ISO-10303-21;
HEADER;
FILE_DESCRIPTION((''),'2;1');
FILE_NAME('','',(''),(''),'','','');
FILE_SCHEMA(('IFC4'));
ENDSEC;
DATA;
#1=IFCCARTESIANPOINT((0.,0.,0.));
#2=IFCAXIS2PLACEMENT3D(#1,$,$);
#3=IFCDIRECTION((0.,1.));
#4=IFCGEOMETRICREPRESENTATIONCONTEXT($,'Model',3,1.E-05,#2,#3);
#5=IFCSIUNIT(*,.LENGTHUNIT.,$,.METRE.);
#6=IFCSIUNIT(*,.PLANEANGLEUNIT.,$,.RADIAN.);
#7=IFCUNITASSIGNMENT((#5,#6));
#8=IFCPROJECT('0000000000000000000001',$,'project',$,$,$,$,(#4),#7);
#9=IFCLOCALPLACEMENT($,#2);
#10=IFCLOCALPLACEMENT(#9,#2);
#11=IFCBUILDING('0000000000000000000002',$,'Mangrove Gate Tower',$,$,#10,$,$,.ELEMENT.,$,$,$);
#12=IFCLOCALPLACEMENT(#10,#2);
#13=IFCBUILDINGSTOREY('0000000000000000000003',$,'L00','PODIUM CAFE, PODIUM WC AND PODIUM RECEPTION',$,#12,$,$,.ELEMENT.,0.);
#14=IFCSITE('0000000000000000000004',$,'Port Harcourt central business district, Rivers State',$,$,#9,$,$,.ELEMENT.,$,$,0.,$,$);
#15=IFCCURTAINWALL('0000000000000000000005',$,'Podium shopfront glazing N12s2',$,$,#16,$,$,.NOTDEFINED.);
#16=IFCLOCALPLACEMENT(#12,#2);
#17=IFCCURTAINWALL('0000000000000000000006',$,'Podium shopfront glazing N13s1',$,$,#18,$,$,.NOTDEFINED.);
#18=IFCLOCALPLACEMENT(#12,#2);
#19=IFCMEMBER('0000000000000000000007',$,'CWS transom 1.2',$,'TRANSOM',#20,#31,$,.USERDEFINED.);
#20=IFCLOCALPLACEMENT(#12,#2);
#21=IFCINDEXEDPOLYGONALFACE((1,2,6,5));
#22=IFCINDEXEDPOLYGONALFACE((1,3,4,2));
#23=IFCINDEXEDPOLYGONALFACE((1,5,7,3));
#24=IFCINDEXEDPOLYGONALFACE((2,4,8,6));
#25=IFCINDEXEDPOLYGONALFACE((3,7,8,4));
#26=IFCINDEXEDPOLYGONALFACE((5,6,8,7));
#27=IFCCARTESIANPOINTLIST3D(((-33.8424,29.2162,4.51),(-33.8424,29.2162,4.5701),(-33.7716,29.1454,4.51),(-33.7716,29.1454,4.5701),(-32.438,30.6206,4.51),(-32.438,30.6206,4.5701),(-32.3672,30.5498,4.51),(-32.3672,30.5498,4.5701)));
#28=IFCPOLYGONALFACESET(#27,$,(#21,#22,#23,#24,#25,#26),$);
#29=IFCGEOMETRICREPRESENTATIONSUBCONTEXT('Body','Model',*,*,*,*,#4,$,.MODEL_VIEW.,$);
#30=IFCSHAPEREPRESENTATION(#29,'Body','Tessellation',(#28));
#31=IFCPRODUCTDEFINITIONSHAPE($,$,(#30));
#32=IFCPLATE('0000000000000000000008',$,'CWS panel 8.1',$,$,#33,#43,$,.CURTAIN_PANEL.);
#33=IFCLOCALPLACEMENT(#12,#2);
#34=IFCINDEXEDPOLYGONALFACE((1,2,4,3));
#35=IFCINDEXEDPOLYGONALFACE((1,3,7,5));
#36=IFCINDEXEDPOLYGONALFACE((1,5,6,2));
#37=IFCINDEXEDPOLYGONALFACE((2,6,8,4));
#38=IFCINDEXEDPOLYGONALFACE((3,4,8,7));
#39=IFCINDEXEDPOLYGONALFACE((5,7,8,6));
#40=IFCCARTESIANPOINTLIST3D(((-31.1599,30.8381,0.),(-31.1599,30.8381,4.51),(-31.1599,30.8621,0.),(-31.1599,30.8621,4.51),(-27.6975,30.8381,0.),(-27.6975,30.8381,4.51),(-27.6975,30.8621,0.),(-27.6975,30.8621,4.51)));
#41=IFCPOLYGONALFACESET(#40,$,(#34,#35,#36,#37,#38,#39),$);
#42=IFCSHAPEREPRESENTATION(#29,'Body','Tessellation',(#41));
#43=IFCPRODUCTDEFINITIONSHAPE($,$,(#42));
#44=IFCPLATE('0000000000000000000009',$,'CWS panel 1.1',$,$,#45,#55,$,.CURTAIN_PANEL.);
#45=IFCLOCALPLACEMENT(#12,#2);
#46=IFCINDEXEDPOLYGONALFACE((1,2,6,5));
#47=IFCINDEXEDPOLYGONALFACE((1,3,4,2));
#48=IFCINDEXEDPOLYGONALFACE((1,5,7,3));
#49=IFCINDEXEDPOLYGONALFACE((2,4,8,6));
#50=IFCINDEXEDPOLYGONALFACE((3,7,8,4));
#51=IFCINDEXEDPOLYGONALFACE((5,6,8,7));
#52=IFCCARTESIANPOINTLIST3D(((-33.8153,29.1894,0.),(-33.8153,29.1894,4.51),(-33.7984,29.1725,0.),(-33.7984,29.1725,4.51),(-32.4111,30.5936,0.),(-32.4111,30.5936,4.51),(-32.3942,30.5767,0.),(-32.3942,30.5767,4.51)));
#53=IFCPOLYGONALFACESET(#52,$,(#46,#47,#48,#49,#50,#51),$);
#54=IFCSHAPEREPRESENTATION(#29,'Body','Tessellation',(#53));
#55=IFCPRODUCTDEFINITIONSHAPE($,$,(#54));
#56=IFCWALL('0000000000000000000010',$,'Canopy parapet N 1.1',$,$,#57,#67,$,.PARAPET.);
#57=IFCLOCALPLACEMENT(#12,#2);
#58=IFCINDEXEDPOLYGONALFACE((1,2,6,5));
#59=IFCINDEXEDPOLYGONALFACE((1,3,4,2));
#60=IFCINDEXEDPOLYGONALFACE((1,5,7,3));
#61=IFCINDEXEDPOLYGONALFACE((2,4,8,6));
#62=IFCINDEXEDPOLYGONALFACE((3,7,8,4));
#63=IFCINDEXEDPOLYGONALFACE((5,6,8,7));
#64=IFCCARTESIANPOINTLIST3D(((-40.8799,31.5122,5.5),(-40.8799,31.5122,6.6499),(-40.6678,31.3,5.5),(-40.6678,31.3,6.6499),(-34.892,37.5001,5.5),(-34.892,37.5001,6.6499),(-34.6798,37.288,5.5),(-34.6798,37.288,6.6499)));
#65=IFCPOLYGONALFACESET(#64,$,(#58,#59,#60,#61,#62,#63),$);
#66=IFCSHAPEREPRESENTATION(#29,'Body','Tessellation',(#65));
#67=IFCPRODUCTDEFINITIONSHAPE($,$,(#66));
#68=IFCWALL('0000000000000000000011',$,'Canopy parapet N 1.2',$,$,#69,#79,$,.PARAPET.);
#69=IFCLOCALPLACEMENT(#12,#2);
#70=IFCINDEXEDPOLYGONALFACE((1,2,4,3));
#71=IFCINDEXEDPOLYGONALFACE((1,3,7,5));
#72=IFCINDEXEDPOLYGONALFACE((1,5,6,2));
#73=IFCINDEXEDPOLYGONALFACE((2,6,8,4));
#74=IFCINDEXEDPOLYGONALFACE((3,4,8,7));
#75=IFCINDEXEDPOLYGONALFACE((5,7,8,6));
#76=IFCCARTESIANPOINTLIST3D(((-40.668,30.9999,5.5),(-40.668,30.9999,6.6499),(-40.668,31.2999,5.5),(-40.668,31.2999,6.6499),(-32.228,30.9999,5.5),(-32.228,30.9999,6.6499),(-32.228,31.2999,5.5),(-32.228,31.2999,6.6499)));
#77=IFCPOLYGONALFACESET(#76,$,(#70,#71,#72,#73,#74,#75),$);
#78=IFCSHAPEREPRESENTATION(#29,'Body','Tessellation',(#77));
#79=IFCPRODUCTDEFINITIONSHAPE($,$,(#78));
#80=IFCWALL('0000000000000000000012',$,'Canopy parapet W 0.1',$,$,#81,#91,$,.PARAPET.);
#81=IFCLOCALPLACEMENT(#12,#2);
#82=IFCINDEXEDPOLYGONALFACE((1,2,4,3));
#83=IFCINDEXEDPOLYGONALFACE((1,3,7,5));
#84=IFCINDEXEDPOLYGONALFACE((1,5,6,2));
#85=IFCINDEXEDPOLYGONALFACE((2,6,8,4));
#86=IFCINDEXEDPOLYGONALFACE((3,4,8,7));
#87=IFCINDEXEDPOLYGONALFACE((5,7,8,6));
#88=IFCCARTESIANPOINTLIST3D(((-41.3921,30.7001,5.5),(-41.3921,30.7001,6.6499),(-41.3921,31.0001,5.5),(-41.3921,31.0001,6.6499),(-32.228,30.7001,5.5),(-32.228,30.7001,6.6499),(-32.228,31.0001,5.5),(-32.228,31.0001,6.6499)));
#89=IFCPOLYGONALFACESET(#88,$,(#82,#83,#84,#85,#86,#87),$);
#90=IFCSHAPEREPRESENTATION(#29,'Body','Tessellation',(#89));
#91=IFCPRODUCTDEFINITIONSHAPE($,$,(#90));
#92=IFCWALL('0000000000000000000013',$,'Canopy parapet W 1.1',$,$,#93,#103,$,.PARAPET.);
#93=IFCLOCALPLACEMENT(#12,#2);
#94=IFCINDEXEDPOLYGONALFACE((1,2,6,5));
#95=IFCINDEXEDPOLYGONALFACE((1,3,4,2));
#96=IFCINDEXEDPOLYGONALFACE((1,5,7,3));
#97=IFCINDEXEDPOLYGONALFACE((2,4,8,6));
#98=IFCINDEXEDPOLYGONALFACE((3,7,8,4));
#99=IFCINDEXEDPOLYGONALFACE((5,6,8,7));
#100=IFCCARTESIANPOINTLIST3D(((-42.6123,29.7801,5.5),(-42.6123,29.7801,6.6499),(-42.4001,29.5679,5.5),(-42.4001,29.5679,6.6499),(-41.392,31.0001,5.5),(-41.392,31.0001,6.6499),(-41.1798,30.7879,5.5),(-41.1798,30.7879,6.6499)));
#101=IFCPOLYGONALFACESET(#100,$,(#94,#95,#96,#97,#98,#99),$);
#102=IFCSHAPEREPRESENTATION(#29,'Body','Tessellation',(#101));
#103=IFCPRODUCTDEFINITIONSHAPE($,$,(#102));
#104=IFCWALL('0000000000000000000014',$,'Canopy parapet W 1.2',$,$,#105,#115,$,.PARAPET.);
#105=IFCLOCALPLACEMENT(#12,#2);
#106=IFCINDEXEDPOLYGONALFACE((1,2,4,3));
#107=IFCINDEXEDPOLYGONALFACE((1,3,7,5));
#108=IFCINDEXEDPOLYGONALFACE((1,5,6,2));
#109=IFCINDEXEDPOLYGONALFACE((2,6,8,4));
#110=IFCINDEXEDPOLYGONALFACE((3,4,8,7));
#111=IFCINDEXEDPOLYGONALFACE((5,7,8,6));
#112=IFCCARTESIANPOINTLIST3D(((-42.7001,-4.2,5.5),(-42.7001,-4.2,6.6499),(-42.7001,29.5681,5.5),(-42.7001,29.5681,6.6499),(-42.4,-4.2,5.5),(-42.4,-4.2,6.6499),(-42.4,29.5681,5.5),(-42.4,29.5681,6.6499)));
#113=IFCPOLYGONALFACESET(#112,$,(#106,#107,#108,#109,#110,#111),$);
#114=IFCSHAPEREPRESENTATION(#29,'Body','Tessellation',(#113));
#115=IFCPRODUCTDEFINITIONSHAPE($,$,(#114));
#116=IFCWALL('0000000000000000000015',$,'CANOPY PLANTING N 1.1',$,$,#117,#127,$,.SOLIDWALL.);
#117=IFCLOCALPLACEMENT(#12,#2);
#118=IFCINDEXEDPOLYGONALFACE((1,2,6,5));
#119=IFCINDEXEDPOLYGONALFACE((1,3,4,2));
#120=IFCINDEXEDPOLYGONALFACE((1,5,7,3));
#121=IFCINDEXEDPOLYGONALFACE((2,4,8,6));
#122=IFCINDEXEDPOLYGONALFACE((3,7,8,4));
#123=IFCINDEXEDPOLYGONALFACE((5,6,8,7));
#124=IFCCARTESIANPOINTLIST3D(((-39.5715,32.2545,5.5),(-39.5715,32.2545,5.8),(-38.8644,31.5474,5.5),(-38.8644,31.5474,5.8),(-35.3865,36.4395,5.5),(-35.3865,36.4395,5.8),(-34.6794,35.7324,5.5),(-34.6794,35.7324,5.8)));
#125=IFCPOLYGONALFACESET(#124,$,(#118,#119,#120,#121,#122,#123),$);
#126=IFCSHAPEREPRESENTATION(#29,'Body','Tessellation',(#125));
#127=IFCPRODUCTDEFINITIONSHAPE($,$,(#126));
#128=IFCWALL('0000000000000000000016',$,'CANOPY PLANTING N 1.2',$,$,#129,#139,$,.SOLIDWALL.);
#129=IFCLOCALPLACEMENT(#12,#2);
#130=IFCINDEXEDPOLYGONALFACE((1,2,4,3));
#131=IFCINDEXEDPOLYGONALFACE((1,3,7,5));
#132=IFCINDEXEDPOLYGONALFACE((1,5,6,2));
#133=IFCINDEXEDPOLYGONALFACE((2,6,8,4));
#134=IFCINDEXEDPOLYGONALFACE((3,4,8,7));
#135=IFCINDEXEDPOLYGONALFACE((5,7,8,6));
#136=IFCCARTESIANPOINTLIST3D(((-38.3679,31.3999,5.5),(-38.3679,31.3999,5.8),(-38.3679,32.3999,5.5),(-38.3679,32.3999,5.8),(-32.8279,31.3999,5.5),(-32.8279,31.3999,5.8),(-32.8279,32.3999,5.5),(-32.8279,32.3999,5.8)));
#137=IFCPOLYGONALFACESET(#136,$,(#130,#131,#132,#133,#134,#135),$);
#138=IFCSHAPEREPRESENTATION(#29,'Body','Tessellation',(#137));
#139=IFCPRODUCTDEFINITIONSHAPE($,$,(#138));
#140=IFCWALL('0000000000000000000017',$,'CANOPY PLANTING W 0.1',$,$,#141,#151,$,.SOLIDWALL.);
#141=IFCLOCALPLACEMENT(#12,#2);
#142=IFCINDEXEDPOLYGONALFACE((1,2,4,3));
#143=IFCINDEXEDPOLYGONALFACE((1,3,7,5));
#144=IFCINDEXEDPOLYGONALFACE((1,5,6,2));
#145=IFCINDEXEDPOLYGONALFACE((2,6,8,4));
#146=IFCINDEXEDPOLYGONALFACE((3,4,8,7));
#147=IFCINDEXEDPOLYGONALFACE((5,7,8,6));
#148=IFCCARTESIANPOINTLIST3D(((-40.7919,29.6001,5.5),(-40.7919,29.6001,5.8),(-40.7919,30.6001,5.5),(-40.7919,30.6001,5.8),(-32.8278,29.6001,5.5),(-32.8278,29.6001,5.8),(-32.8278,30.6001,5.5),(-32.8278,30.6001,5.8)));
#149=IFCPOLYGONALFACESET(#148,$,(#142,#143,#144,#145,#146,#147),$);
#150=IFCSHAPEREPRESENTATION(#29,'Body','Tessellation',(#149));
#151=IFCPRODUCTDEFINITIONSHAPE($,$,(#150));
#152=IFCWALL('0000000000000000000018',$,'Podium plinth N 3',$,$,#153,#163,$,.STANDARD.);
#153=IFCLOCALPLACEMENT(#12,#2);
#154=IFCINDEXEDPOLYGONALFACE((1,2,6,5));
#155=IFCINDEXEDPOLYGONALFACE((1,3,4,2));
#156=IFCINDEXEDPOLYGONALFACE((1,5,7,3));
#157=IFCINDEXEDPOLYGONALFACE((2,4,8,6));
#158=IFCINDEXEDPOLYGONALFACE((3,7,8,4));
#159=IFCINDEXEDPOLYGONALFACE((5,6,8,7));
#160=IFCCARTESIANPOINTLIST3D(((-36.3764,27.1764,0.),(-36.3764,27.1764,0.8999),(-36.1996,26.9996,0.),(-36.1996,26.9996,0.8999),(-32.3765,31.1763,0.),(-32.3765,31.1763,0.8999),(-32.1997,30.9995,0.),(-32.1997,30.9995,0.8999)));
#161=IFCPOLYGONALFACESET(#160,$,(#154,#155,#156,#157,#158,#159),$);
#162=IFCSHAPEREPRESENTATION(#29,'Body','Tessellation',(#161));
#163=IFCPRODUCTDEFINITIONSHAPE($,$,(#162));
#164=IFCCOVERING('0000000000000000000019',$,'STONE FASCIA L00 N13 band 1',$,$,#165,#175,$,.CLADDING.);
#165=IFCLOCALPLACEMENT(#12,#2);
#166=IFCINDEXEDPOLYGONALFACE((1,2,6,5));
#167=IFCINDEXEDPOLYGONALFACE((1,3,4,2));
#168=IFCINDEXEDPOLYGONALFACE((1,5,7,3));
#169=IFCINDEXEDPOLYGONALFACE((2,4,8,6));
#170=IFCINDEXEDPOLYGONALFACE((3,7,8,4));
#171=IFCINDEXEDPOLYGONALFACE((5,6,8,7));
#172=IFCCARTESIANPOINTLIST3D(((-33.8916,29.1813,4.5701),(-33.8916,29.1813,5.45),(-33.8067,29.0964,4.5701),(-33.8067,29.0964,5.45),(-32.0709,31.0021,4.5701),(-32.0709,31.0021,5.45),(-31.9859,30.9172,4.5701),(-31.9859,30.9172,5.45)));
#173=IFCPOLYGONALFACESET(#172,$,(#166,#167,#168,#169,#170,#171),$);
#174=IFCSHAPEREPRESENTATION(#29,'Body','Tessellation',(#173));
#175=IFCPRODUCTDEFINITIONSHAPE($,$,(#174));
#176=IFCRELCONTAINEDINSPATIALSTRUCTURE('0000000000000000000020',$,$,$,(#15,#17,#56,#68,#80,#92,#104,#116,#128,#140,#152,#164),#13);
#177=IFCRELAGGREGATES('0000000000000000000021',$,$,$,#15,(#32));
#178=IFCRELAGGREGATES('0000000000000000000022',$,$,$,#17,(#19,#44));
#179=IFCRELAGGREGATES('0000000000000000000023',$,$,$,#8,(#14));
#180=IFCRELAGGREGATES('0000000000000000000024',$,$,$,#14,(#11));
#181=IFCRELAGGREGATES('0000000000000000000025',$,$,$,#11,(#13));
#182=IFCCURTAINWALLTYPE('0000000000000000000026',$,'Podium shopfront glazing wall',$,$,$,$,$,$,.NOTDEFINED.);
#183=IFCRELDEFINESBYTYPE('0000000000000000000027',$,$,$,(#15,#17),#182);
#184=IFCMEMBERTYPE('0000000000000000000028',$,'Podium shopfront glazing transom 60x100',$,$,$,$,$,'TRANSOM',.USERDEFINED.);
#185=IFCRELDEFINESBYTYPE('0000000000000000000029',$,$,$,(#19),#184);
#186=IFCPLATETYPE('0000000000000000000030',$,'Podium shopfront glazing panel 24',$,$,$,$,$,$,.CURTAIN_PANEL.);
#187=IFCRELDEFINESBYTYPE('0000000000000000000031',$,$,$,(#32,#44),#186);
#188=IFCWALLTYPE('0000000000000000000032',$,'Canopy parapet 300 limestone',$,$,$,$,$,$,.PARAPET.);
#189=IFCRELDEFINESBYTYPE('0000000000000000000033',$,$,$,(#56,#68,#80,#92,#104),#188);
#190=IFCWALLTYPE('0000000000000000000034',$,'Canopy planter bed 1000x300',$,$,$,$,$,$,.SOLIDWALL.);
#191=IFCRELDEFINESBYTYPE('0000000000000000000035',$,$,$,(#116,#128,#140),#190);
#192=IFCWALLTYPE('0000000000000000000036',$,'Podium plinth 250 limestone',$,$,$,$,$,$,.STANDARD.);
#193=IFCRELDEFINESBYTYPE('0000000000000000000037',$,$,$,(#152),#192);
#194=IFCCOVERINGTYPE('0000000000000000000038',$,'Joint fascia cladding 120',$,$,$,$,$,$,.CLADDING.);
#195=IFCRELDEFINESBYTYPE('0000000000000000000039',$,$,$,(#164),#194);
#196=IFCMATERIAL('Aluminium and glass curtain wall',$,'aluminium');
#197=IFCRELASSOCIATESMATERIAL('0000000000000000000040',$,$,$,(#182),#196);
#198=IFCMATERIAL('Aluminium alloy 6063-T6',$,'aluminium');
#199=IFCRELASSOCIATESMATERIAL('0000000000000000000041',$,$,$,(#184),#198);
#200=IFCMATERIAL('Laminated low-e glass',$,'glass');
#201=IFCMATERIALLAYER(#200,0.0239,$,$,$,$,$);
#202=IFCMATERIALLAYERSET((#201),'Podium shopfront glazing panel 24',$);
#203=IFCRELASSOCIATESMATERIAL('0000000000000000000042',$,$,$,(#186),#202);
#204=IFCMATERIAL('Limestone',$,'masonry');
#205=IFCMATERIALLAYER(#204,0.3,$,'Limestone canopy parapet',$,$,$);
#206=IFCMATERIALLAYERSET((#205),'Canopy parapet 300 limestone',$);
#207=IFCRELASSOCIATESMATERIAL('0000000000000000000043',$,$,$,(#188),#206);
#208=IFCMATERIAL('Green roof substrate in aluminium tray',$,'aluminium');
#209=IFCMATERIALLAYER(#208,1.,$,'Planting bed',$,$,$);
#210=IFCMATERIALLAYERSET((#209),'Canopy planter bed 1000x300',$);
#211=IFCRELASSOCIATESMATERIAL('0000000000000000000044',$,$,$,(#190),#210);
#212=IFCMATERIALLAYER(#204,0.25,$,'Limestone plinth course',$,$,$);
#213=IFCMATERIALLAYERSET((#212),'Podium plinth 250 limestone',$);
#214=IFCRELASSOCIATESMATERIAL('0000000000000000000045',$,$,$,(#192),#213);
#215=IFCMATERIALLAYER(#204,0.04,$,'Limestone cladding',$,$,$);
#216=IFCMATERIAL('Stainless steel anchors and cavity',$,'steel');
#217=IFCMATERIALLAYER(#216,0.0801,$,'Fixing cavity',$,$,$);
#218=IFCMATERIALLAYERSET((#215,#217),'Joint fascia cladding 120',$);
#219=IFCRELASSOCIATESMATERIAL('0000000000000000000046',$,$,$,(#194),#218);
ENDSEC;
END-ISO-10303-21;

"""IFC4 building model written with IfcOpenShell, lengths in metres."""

from ifc_helpers import new_model, si_unit, direction, frame, frame_2d, origin, origin_2d, place, context, subcontext, project, spatial, rectangle, extrude, material, layer, layer_set, material_profile, profile_set, type_object, element, aggregate, save


model = new_model("IFC4")

# Units and contexts
model_context = context("Model", 3, precision=1e-05, world=origin(), true_north=direction((0.0, 1.0)))
body_context = subcontext(model_context, "Body", "Model", "MODEL_VIEW")
ifc_project = project(units=[si_unit("LENGTHUNIT", "METRE"), si_unit("PLANEANGLEUNIT", "RADIAN")], contexts=[model_context])

# Site, building, storey
site_placement = place(None, origin())
site = spatial("IfcSite", under=ifc_project, at=site_placement, Name="Port Harcourt central business district, Rivers State", CompositionType="ELEMENT", RefElevation=0.0)
building_placement = place(site_placement, origin())
building = spatial("IfcBuilding", under=site, at=building_placement, Name="Mangrove Gate Tower", CompositionType="ELEMENT")
storey_placement = place(building_placement, origin())
storey = spatial("IfcBuildingStorey", under=building, at=storey_placement, Name="L00", Description="PODIUM CAFE, PODIUM WC AND PODIUM RECEPTION", CompositionType="ELEMENT", Elevation=0.0)

# Curtain walls
ifc_material_1 = material(Name="Aluminium and glass curtain wall", Category="aluminium")
curtain_wall_type = type_object("IfcCurtainWallType", Name="Podium shopfront glazing wall", PredefinedType="NOTDEFINED", material=ifc_material_1)
curtain_wall_1_placement = place(storey_placement, origin())
curtain_wall_1 = element("IfcCurtainWall", 1, at=curtain_wall_1_placement, inside=storey, type_object=curtain_wall_type, Name="Podium shopfront glazing N12s2", PredefinedType="NOTDEFINED")
curtain_wall_2_placement = place(storey_placement, origin())
curtain_wall_2 = element("IfcCurtainWall", 2, at=curtain_wall_2_placement, inside=storey, type_object=curtain_wall_type, Name="Podium shopfront glazing N13s1", PredefinedType="NOTDEFINED")

# Member
ifc_material_2 = material(Name="Aluminium alloy 6063-T6", Category="aluminium")
ifc_material_profile_1 = material_profile(ifc_material_2, rectangle(XDim=0.0601, YDim=0.1001, at=origin_2d()))
ifc_profile_set_1 = profile_set([ifc_material_profile_1], Name="Aluminium alloy 6063-T6")
member_type_1 = type_object("IfcMemberType", Name="Podium shopfront glazing transom 60x100", ElementType="TRANSOM", PredefinedType="USERDEFINED", material=ifc_profile_set_1)
member_1_placement = place(storey_placement, frame((-32.4026, 30.5852, 4.54), z_axis=(-0.707107, -0.707107, 0.0), x_axis=(0.0, 0.0, 1.0)))
member_1 = element("IfcMember", 3, at=member_1_placement, type_object=member_type_1, Name="CWS transom 1.2", ObjectType="TRANSOM", PredefinedType="USERDEFINED", context=body_context, shape_type="SweptSolid", body=[
    extrude(rectangle(XDim=0.0601, YDim=0.1001, at=origin_2d()), origin(), (0.0, 0.0, 1.0), 1.9861),
])

# Plates
ifc_material_3 = material(Name="Laminated low-e glass", Category="glass")
ifc_layer_1 = layer(ifc_material_3, 0.0239)
ifc_layer_set_1 = layer_set([ifc_layer_1], Name="Podium shopfront glazing panel 24")
plate_type = type_object("IfcPlateType", Name="Podium shopfront glazing panel 24", PredefinedType="CURTAIN_PANEL", material=ifc_layer_set_1)
plate_1_placement = place(storey_placement, frame((-29.4287, 30.8501, 0.0), z_axis=(0.0, 0.0, 1.0), x_axis=(-1.0, 0.0, 0.0)))
plate_1 = element("IfcPlate", 4, at=plate_1_placement, type_object=plate_type, Name="CWS panel 8.1", PredefinedType="CURTAIN_PANEL", context=body_context, shape_type="SweptSolid", body=[
    extrude(rectangle(XDim=3.4624, YDim=0.0239, at=origin_2d()), origin(), (0.0, 0.0, 1.0), 4.51),
])
aggregate(curtain_wall_1, [plate_1])
plate_2_placement = place(storey_placement, frame((-33.1047, 29.8831, 0.0), z_axis=(0.0, 0.0, 1.0), x_axis=(-0.707107, -0.707107, 0.0)))
plate_2 = element("IfcPlate", 5, at=plate_2_placement, type_object=plate_type, Name="CWS panel 1.1", PredefinedType="CURTAIN_PANEL", context=body_context, shape_type="SweptSolid", body=[
    extrude(rectangle(XDim=1.9858, YDim=0.0239, at=origin_2d()), origin(), (0.0, 0.0, 1.0), 4.51),
])
aggregate(curtain_wall_2, [member_1, plate_2])

# Walls
ifc_material_4 = material(Name="Limestone", Category="masonry")
ifc_layer_2 = layer(ifc_material_4, 0.3, Name="Limestone canopy parapet")
ifc_layer_set_2 = layer_set([ifc_layer_2], Name="Canopy parapet 300 limestone")
wall_type_1 = type_object("IfcWallType", Name="Canopy parapet 300 limestone", PredefinedType="PARAPET", material=ifc_layer_set_2)
wall_1_placement = place(storey_placement, frame((-34.7859, 37.394, 5.5), z_axis=(0.0, 0.0, 1.0), x_axis=(-0.707107, -0.707107, 0.0)))
element("IfcWall", 6, at=wall_1_placement, inside=storey, type_object=wall_type_1, Name="Canopy parapet N 1.1", PredefinedType="PARAPET", context=body_context, shape_type="SweptSolid", body=[
    extrude(rectangle(XDim=8.4683, YDim=0.3, at=frame_2d((4.2341, 0.0))), origin(), (0.0, 0.0, 1.0), 1.1499),
])
wall_2_placement = place(storey_placement, frame((-40.668, 31.1499, 5.5), z_axis=(0.0, 0.0, 1.0), x_axis=(1.0, 0.0, 0.0)))
element("IfcWall", 7, at=wall_2_placement, inside=storey, type_object=wall_type_1, Name="Canopy parapet N 1.2", PredefinedType="PARAPET", context=body_context, shape_type="SweptSolid", body=[
    extrude(rectangle(XDim=8.4399, YDim=0.3, at=frame_2d((4.22, 0.0))), origin(), (0.0, 0.0, 1.0), 1.1499),
])
wall_3_placement = place(storey_placement, frame((-32.228, 30.8501, 5.5), z_axis=(0.0, 0.0, 1.0), x_axis=(-1.0, 0.0, 0.0)))
element("IfcWall", 8, at=wall_3_placement, inside=storey, type_object=wall_type_1, Name="Canopy parapet W 0.1", PredefinedType="PARAPET", context=body_context, shape_type="SweptSolid", body=[
    extrude(rectangle(XDim=9.1641, YDim=0.3, at=frame_2d((4.582, 0.0))), origin(), (0.0, 0.0, 1.0), 1.1499),
])
wall_4_placement = place(storey_placement, frame((-41.2859, 30.894, 5.5), z_axis=(0.0, 0.0, 1.0), x_axis=(-0.707178, -0.707036, 0.0)))
element("IfcWall", 9, at=wall_4_placement, inside=storey, type_object=wall_type_1, Name="Canopy parapet W 1.1", PredefinedType="PARAPET", context=body_context, shape_type="SweptSolid", body=[
    extrude(rectangle(XDim=1.7256, YDim=0.3, at=frame_2d((0.8628, 0.0))), origin(), (0.0, 0.0, 1.0), 1.1499),
])
wall_5_placement = place(storey_placement, frame((-42.55, 29.5681, 5.5), z_axis=(0.0, 0.0, 1.0), x_axis=(0.0, -1.0, 0.0)))
element("IfcWall", 10, at=wall_5_placement, inside=storey, type_object=wall_type_1, Name="Canopy parapet W 1.2", PredefinedType="PARAPET", context=body_context, shape_type="SweptSolid", body=[
    extrude(rectangle(XDim=33.7681, YDim=0.3, at=frame_2d((16.884, 0.0))), origin(), (0.0, 0.0, 1.0), 1.1499),
])
ifc_material_5 = material(Name="Green roof substrate in aluminium tray", Category="aluminium")
ifc_layer_3 = layer(ifc_material_5, 1.0, Name="Planting bed")
ifc_layer_set_3 = layer_set([ifc_layer_3], Name="Canopy planter bed 1000x300")
wall_type_2 = type_object("IfcWallType", Name="Canopy planter bed 1000x300", PredefinedType="SOLIDWALL", material=ifc_layer_set_3)
wall_6_placement = place(storey_placement, frame((-35.033, 36.0859, 5.5), z_axis=(0.0, 0.0, 1.0), x_axis=(-0.707107, -0.707107, 0.0)))
element("IfcWall", 11, at=wall_6_placement, inside=storey, type_object=wall_type_2, Name="CANOPY PLANTING N 1.1", PredefinedType="SOLIDWALL", context=body_context, shape_type="SweptSolid", body=[
    extrude(rectangle(XDim=5.9185, YDim=1.0, at=frame_2d((2.9592, 0.0))), origin(), (0.0, 0.0, 1.0), 0.3),
])
wall_7_placement = place(storey_placement, frame((-38.3679, 31.8999, 5.5), z_axis=(0.0, 0.0, 1.0), x_axis=(1.0, 0.0, 0.0)))
element("IfcWall", 12, at=wall_7_placement, inside=storey, type_object=wall_type_2, Name="CANOPY PLANTING N 1.2", PredefinedType="SOLIDWALL", context=body_context, shape_type="SweptSolid", body=[
    extrude(rectangle(XDim=5.54, YDim=1.0, at=frame_2d((2.77, 0.0))), origin(), (0.0, 0.0, 1.0), 0.3),
])
wall_8_placement = place(storey_placement, frame((-32.8279, 30.1001, 5.5), z_axis=(0.0, 0.0, 1.0), x_axis=(-1.0, 0.0, 0.0)))
element("IfcWall", 13, at=wall_8_placement, inside=storey, type_object=wall_type_2, Name="CANOPY PLANTING W 0.1", PredefinedType="SOLIDWALL", context=body_context, shape_type="SweptSolid", body=[
    extrude(rectangle(XDim=7.9641, YDim=1.0, at=frame_2d((3.9819, 0.0))), origin(), (0.0, 0.0, 1.0), 0.3),
])
ifc_layer_4 = layer(ifc_material_4, 0.25, Name="Limestone plinth course")
ifc_layer_set_4 = layer_set([ifc_layer_4], Name="Podium plinth 250 limestone")
wall_type_3 = type_object("IfcWallType", Name="Podium plinth 250 limestone", PredefinedType="STANDARD", material=ifc_layer_set_4)
wall_9_placement = place(storey_placement, frame((-32.2881, 31.0879, 0.0), z_axis=(0.0, 0.0, 1.0), x_axis=(-0.707107, -0.707107, 0.0)))
element("IfcWall", 14, at=wall_9_placement, inside=storey, type_object=wall_type_3, Name="Podium plinth N 3", PredefinedType="STANDARD", context=body_context, shape_type="SweptSolid", body=[
    extrude(rectangle(XDim=5.6567, YDim=0.25, at=frame_2d((2.8284, 0.0))), origin(), (0.0, 0.0, 1.0), 0.8999),
])

# Covering
ifc_layer_5 = layer(ifc_material_4, 0.04, Name="Limestone cladding")
ifc_material_6 = material(Name="Stainless steel anchors and cavity", Category="steel")
ifc_layer_6 = layer(ifc_material_6, 0.0801, Name="Fixing cavity")
ifc_layer_set_5 = layer_set([ifc_layer_5, ifc_layer_6], Name="Joint fascia cladding 120")
covering_type = type_object("IfcCoveringType", Name="Joint fascia cladding 120", PredefinedType="CLADDING", material=ifc_layer_set_5)
covering_placement = place(storey_placement, frame((-32.0283, 30.9597, 4.5701), z_axis=(0.0, 0.0, 1.0), x_axis=(-0.707107, -0.707107, 0.0)))
element("IfcCovering", 15, at=covering_placement, inside=storey, type_object=covering_type, Name="STONE FASCIA L00 N13 band 1", PredefinedType="CLADDING", context=body_context, shape_type="SweptSolid", body=[
    extrude(rectangle(XDim=2.575, YDim=0.1201, at=frame_2d((1.2876, 0.0))), origin(), (0.0, 0.0, 1.0), 0.8799),
])

save(model, "model.ifc")
